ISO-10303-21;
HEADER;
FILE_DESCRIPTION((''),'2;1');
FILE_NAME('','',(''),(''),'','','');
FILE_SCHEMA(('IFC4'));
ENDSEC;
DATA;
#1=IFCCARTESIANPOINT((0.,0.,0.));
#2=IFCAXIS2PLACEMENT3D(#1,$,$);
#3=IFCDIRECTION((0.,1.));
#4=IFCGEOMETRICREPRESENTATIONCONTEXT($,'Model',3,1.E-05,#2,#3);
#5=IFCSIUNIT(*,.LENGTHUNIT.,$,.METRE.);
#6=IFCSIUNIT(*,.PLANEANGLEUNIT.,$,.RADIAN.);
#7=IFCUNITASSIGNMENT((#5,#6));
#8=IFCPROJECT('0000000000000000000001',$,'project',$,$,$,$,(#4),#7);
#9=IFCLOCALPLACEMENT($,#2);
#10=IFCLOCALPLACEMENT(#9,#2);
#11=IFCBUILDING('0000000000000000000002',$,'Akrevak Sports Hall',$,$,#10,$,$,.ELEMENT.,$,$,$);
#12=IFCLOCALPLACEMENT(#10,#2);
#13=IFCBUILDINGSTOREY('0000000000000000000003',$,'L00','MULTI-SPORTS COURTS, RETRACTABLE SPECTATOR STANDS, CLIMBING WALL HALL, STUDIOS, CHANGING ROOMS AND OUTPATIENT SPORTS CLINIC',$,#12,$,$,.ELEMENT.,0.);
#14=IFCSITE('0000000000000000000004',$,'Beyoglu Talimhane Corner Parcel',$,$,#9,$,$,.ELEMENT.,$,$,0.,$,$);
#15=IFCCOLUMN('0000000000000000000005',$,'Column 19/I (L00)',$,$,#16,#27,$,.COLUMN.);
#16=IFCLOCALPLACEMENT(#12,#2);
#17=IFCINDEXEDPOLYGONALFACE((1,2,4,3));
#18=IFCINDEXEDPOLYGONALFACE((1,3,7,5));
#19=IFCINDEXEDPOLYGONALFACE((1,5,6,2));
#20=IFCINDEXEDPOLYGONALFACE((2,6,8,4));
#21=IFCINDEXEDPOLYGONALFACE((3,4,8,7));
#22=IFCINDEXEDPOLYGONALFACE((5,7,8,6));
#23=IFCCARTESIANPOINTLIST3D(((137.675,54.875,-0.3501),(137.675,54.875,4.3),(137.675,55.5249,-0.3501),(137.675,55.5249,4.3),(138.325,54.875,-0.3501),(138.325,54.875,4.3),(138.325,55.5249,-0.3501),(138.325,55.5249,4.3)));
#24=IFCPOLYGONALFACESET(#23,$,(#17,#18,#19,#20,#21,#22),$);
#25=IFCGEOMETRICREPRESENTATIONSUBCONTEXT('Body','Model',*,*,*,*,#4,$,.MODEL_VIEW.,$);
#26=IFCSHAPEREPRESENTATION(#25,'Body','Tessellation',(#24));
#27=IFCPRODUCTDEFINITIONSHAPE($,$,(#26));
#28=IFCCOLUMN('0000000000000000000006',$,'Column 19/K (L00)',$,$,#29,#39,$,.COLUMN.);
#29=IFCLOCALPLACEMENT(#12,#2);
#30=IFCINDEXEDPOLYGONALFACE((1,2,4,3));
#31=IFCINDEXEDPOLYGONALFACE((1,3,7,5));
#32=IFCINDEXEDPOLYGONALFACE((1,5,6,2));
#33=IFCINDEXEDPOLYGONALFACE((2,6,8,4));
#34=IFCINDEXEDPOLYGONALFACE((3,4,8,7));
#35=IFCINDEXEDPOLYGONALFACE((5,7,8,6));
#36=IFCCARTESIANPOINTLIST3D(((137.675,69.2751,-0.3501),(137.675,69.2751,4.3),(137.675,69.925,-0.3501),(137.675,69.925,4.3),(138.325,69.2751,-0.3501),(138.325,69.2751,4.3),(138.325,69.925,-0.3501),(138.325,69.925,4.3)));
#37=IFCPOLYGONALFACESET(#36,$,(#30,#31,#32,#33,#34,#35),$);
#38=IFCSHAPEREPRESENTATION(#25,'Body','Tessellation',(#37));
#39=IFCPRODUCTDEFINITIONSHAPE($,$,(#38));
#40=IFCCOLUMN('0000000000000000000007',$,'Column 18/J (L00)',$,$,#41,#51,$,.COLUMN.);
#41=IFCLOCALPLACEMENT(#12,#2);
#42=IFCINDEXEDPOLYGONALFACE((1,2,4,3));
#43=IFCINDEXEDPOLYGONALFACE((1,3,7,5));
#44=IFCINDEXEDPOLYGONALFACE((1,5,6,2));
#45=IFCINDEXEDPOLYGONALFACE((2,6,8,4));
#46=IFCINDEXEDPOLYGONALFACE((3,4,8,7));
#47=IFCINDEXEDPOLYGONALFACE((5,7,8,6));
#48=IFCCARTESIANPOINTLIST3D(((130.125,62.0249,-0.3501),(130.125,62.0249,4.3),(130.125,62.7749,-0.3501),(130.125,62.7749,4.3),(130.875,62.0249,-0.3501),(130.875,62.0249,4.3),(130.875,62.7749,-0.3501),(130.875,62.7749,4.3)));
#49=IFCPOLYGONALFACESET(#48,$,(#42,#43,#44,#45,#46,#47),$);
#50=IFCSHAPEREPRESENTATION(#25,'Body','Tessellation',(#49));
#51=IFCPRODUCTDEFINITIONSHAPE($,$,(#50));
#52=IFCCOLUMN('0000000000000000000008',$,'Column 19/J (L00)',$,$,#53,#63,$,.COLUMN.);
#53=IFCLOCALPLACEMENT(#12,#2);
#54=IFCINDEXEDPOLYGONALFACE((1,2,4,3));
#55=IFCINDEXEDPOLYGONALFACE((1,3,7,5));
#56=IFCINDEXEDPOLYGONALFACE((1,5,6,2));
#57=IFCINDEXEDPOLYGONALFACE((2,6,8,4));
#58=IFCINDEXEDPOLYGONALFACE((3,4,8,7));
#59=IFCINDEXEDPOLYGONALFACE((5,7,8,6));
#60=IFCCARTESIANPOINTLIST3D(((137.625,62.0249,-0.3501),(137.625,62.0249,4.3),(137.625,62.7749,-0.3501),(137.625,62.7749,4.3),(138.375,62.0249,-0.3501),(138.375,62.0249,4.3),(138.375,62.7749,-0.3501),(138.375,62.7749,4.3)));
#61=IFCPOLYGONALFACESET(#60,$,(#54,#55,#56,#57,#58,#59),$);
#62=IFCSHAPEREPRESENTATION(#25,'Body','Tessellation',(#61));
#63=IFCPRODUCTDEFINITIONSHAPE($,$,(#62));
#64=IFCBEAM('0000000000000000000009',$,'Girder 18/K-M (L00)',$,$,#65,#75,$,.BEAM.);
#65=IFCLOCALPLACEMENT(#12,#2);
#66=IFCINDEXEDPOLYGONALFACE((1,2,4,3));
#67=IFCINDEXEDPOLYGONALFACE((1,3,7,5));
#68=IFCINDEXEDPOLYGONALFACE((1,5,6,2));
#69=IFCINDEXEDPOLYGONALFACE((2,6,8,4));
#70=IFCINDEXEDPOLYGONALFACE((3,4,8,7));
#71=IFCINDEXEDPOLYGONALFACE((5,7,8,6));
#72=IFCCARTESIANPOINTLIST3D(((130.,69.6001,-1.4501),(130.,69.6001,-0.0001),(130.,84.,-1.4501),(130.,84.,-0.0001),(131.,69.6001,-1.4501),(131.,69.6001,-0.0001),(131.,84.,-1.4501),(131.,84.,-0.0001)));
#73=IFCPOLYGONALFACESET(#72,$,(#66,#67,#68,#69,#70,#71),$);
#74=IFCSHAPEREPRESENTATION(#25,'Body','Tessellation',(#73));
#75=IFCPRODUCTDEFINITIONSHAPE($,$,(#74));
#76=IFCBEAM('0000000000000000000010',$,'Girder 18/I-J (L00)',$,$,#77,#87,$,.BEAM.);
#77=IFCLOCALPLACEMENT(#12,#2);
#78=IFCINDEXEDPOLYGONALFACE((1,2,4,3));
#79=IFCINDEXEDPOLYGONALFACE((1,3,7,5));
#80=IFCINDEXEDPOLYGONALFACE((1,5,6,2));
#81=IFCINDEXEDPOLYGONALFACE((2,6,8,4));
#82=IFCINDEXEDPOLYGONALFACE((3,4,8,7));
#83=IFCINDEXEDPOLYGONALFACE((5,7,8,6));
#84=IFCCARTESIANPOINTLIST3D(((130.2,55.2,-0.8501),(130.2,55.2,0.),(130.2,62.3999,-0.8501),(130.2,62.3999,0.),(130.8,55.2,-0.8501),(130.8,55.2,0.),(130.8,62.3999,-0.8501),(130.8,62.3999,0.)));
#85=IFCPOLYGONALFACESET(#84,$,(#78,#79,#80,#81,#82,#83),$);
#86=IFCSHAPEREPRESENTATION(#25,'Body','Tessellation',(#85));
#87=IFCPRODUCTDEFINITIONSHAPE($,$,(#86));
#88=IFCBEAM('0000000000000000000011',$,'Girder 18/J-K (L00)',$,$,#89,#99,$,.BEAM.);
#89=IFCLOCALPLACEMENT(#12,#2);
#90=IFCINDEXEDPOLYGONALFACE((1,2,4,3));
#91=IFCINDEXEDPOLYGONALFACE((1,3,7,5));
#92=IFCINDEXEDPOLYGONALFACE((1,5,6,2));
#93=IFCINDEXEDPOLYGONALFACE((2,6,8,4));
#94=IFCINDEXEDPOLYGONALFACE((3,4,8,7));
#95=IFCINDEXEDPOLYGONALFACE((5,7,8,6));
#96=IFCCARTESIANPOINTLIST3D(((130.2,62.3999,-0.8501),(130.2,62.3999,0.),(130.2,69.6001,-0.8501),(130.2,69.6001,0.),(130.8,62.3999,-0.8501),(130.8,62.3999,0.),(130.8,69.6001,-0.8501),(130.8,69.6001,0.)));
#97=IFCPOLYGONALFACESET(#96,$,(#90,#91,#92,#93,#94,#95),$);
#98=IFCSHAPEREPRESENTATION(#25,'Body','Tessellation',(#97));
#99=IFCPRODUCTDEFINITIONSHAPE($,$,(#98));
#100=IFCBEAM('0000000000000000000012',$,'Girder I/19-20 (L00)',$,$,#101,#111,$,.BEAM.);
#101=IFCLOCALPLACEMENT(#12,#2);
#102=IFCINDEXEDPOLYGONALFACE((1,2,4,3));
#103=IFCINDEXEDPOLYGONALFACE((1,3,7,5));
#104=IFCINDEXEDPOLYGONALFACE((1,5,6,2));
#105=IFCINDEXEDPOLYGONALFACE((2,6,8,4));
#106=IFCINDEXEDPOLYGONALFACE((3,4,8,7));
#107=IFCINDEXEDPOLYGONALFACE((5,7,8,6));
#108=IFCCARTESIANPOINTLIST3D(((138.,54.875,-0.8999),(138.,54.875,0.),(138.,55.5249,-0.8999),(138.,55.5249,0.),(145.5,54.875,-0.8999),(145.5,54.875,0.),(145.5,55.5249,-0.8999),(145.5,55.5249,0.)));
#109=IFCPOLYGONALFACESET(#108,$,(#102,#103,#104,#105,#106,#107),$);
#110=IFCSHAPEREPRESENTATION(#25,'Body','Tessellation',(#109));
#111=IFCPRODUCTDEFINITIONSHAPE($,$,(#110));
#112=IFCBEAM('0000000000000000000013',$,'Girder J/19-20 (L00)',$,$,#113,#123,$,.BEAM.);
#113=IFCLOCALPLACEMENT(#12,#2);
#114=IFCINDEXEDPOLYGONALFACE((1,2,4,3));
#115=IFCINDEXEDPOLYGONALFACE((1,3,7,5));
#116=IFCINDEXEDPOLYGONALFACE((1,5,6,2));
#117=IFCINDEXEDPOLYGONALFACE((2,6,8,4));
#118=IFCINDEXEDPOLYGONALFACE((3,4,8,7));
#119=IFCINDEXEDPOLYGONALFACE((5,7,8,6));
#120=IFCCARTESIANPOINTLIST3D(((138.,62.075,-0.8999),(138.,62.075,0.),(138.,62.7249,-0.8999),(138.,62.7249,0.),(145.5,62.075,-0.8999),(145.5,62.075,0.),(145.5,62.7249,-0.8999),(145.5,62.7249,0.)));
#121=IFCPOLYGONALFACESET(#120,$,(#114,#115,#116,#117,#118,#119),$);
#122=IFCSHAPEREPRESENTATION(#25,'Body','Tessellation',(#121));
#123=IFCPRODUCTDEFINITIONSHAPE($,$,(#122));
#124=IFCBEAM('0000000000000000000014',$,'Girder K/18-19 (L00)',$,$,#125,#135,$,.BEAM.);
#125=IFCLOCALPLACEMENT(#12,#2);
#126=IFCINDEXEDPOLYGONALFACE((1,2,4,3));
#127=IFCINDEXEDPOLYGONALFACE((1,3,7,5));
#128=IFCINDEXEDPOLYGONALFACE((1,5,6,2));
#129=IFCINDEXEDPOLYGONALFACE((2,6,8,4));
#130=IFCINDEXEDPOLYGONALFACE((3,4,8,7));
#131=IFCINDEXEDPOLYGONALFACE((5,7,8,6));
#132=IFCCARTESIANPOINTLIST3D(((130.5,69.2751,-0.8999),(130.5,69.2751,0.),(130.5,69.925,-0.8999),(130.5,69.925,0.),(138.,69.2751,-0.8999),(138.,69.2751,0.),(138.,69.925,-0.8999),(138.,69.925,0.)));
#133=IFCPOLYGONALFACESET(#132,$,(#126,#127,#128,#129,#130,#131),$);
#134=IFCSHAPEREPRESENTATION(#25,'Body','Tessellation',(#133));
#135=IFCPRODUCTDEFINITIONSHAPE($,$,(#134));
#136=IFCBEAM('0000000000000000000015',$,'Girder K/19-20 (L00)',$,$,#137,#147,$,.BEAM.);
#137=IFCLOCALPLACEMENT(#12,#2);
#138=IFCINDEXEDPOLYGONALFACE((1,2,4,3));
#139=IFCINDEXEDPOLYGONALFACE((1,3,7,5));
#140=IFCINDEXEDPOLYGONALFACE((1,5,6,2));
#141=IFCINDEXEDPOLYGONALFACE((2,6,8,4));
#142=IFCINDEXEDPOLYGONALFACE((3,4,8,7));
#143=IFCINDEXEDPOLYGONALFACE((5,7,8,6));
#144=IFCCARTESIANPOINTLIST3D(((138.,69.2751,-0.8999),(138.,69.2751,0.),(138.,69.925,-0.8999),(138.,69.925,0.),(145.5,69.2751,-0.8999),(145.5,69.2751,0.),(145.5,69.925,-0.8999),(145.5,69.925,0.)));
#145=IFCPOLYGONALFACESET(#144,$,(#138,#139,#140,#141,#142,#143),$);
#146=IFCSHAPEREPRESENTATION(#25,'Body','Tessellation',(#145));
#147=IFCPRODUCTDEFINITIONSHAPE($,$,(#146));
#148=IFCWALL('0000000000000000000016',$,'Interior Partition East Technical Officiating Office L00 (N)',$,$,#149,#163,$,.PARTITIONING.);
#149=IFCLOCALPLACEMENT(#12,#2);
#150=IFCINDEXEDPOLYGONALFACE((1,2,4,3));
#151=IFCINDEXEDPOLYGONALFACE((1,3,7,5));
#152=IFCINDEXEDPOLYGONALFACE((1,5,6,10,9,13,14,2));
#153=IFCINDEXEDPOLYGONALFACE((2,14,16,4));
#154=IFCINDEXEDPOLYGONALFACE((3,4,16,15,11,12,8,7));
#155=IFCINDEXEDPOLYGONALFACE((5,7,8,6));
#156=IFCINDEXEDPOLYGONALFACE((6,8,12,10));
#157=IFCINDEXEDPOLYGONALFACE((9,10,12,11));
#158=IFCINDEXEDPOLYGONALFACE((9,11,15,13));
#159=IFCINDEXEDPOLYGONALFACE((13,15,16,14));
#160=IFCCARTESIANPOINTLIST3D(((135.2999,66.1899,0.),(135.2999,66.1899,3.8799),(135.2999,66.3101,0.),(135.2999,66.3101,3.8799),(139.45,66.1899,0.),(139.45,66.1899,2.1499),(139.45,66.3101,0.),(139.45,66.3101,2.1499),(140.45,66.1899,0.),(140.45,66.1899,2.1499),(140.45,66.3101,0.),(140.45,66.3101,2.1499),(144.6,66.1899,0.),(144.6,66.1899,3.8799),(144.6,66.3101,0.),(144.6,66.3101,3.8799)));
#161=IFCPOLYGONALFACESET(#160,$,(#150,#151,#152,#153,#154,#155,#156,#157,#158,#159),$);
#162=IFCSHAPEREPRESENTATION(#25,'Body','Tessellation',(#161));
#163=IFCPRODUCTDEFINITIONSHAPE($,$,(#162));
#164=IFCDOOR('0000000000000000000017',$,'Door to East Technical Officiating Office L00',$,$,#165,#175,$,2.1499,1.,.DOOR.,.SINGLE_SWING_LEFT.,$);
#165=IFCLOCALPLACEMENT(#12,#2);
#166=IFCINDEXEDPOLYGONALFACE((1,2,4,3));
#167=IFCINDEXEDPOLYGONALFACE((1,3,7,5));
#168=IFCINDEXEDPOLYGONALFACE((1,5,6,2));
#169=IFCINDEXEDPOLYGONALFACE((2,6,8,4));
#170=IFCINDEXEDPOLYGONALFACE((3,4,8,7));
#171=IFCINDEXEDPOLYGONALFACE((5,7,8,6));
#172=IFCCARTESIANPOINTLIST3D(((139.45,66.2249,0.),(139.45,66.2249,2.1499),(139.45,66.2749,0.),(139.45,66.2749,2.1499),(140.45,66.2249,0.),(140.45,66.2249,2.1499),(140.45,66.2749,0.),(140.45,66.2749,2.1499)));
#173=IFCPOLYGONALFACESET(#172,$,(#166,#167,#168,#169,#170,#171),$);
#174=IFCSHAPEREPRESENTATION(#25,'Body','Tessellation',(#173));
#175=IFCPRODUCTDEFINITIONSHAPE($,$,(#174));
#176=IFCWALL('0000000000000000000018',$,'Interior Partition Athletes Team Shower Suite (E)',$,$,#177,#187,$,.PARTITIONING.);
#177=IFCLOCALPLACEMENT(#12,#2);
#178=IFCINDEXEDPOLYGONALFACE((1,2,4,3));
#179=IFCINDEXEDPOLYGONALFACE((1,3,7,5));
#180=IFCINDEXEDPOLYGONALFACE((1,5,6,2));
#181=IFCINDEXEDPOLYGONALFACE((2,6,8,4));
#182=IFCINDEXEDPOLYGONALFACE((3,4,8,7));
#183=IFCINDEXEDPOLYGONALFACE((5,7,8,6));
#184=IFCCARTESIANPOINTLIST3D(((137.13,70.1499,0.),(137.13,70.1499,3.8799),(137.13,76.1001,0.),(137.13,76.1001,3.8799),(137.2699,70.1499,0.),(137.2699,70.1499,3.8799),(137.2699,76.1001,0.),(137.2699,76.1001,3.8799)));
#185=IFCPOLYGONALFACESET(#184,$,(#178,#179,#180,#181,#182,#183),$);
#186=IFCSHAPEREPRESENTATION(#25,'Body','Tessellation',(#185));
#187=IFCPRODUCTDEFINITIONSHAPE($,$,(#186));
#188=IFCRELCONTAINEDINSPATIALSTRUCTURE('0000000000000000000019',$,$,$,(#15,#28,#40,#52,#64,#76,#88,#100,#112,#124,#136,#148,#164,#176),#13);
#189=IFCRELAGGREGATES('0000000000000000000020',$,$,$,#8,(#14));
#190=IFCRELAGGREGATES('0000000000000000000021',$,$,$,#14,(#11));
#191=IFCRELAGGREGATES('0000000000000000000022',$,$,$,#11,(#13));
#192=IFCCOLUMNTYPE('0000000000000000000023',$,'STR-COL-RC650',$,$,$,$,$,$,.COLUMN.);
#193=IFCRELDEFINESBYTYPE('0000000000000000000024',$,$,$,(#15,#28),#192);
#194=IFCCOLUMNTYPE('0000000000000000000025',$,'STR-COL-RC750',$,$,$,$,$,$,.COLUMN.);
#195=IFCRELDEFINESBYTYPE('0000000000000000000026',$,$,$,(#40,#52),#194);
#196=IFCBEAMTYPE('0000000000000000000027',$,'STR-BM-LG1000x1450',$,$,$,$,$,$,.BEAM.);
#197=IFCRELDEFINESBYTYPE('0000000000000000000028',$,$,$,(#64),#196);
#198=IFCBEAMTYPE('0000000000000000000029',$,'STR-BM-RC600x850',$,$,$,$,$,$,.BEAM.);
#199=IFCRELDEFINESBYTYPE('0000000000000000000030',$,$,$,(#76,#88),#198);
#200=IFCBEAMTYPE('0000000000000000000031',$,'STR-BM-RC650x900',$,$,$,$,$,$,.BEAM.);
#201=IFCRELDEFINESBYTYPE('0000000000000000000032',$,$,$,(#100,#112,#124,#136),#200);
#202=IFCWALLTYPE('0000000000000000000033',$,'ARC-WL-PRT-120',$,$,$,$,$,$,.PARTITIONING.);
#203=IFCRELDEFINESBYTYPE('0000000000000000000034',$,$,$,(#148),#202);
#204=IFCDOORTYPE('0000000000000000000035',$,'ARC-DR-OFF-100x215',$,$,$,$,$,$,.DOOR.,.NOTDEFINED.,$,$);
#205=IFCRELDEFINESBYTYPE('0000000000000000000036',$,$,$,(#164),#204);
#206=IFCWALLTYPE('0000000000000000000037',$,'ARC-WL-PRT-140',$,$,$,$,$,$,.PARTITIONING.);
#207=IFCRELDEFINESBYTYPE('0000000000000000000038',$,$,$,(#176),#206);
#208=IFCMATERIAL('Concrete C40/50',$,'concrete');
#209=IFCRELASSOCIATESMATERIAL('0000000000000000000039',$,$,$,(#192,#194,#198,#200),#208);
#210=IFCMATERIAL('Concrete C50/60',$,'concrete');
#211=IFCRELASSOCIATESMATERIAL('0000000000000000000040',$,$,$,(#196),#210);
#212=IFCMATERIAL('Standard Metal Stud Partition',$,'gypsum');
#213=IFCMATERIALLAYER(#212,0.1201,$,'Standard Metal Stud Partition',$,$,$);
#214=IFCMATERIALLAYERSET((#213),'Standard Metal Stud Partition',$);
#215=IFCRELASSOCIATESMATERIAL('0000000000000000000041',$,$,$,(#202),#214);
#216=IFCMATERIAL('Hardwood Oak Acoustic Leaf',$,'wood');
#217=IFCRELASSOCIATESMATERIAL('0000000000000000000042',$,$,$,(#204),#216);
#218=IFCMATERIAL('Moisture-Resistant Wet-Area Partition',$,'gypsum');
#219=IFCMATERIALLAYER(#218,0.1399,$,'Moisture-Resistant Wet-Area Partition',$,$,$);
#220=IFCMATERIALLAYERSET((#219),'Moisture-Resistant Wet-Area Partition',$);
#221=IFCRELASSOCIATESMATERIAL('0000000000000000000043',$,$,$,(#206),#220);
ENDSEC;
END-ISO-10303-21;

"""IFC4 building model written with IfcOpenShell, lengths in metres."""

from ifc_helpers import new_model, si_unit, direction, frame, frame_2d, origin, origin_2d, place, context, subcontext, project, spatial, rectangle, extrude, material, layer, layer_set, material_profile, profile_set, type_object, element, fill, save


model = new_model("IFC4")

# Units and contexts
model_context = context("Model", 3, precision=1e-05, world=origin(), true_north=direction((0.0, 1.0)))
body_context = subcontext(model_context, "Body", "Model", "MODEL_VIEW")
ifc_project = project(units=[si_unit("LENGTHUNIT", "METRE"), si_unit("PLANEANGLEUNIT", "RADIAN")], contexts=[model_context])

# Site, building, storey
site_placement = place(None, origin())
site = spatial("IfcSite", under=ifc_project, at=site_placement, Name="Beyoglu Talimhane Corner Parcel", CompositionType="ELEMENT", RefElevation=0.0)
building_placement = place(site_placement, origin())
building = spatial("IfcBuilding", under=site, at=building_placement, Name="Akrevak Sports Hall", CompositionType="ELEMENT")
storey_placement = place(building_placement, origin())
storey = spatial("IfcBuildingStorey", under=building, at=storey_placement, Name="L00", Description="MULTI-SPORTS COURTS, RETRACTABLE SPECTATOR STANDS, CLIMBING WALL HALL, STUDIOS, CHANGING ROOMS AND OUTPATIENT SPORTS CLINIC", CompositionType="ELEMENT", Elevation=0.0)

# Columns
ifc_material_1 = material(Name="Concrete C40/50", Category="concrete")
ifc_material_profile_1 = material_profile(ifc_material_1, rectangle(XDim=0.6499, YDim=0.6499, at=origin_2d()), Name="RC 650x650", Category="concrete")
ifc_profile_set_1 = profile_set([ifc_material_profile_1], Name="Concrete C40/50")
column_type_1 = type_object("IfcColumnType", Name="STR-COL-RC650", PredefinedType="COLUMN", material=ifc_profile_set_1)
for number, where, z_axis, x_axis, name in (
    (1, (138.0, 55.2, -0.3501), (0.0, 0.0, 1.0), (1.0, 0.0, 0.0), "Column 19/I (L00)"),
    (2, (138.0, 69.6001, -0.3501), (0.0, 0.0, 1.0), (1.0, 0.0, 0.0), "Column 19/K (L00)"),
):
    element("IfcColumn", number, at=place(storey_placement, frame(where, z_axis=z_axis, x_axis=x_axis)), inside=storey, type_object=column_type_1, Name=name, PredefinedType="COLUMN", context=body_context, shape_type="SweptSolid", body=[
        extrude(rectangle(XDim=0.6499, YDim=0.6499, at=origin_2d()), origin(), (0.0, 0.0, 1.0), 4.6501),
    ])
ifc_material_profile_2 = material_profile(ifc_material_1, rectangle(XDim=0.75, YDim=0.75, at=origin_2d()), Name="RC 750x750", Category="concrete")
ifc_profile_set_2 = profile_set([ifc_material_profile_2], Name="Concrete C40/50")
column_type_2 = type_object("IfcColumnType", Name="STR-COL-RC750", PredefinedType="COLUMN", material=ifc_profile_set_2)
for number, where, z_axis, x_axis, name in (
    (3, (130.5, 62.3999, -0.3501), (0.0, 0.0, 1.0), (1.0, 0.0, 0.0), "Column 18/J (L00)"),
    (4, (138.0, 62.3999, -0.3501), (0.0, 0.0, 1.0), (1.0, 0.0, 0.0), "Column 19/J (L00)"),
):
    element("IfcColumn", number, at=place(storey_placement, frame(where, z_axis=z_axis, x_axis=x_axis)), inside=storey, type_object=column_type_2, Name=name, PredefinedType="COLUMN", context=body_context, shape_type="SweptSolid", body=[
        extrude(rectangle(XDim=0.75, YDim=0.75, at=origin_2d()), origin(), (0.0, 0.0, 1.0), 4.6501),
    ])

# Beams
ifc_material_2 = material(Name="Concrete C50/60", Category="concrete")
ifc_material_profile_3 = material_profile(ifc_material_2, rectangle(XDim=1.0, YDim=1.45, at=origin_2d()), Name="BM 1000x1450", Category="concrete")
ifc_profile_set_3 = profile_set([ifc_material_profile_3], Name="Concrete C50/60")
beam_type_1 = type_object("IfcBeamType", Name="STR-BM-LG1000x1450", PredefinedType="BEAM", material=ifc_profile_set_3)
beam_1_placement = place(storey_placement, frame((130.5, 69.6001, -0.7251), z_axis=(0.0, 1.0, 0.0), x_axis=(-1.0, 0.0, 0.0)))
element("IfcBeam", 5, at=beam_1_placement, inside=storey, type_object=beam_type_1, Name="Girder 18/K-M (L00)", PredefinedType="BEAM", context=body_context, shape_type="SweptSolid", body=[
    extrude(rectangle(XDim=1.0, YDim=1.45, at=origin_2d()), origin(), (0.0, 0.0, 1.0), 14.3999),
])
ifc_material_profile_4 = material_profile(ifc_material_1, rectangle(XDim=0.6001, YDim=0.8501, at=origin_2d()), Name="BM 600x850", Category="concrete")
ifc_profile_set_4 = profile_set([ifc_material_profile_4], Name="Concrete C40/50")
beam_type_2 = type_object("IfcBeamType", Name="STR-BM-RC600x850", PredefinedType="BEAM", material=ifc_profile_set_4)
beam_2_placement = place(storey_placement, frame((130.5, 55.2, -0.425), z_axis=(0.0, 1.0, 0.0), x_axis=(-1.0, 0.0, 0.0)))
element("IfcBeam", 6, at=beam_2_placement, inside=storey, type_object=beam_type_2, Name="Girder 18/I-J (L00)", PredefinedType="BEAM", context=body_context, shape_type="SweptSolid", body=[
    extrude(rectangle(XDim=0.6001, YDim=0.8501, at=origin_2d()), origin(), (0.0, 0.0, 1.0), 7.2),
])
beam_3_placement = place(storey_placement, frame((130.5, 62.3999, -0.425), z_axis=(0.0, 1.0, 0.0), x_axis=(-1.0, 0.0, 0.0)))
element("IfcBeam", 7, at=beam_3_placement, inside=storey, type_object=beam_type_2, Name="Girder 18/J-K (L00)", PredefinedType="BEAM", context=body_context, shape_type="SweptSolid", body=[
    extrude(rectangle(XDim=0.6001, YDim=0.8501, at=origin_2d()), origin(), (0.0, 0.0, 1.0), 7.2002),
])
ifc_material_profile_5 = material_profile(ifc_material_1, rectangle(XDim=0.6499, YDim=0.8999, at=origin_2d()), Name="BM 650x900", Category="concrete")
ifc_profile_set_5 = profile_set([ifc_material_profile_5], Name="Concrete C40/50")
beam_type_3 = type_object("IfcBeamType", Name="STR-BM-RC650x900", PredefinedType="BEAM", material=ifc_profile_set_5)
for number, where, z_axis, x_axis, name in (
    (8, (138.0, 55.2, -0.45), (1.0, 0.0, 0.0), (0.0, 1.0, 0.0), "Girder I/19-20 (L00)"),
    (9, (138.0, 62.3999, -0.45), (1.0, 0.0, 0.0), (0.0, 1.0, 0.0), "Girder J/19-20 (L00)"),
    (10, (130.5, 69.6001, -0.45), (1.0, 0.0, 0.0), (0.0, 1.0, 0.0), "Girder K/18-19 (L00)"),
    (11, (138.0, 69.6001, -0.45), (1.0, 0.0, 0.0), (0.0, 1.0, 0.0), "Girder K/19-20 (L00)"),
):
    element("IfcBeam", number, at=place(storey_placement, frame(where, z_axis=z_axis, x_axis=x_axis)), inside=storey, type_object=beam_type_3, Name=name, PredefinedType="BEAM", context=body_context, shape_type="SweptSolid", body=[
        extrude(rectangle(XDim=0.6499, YDim=0.8999, at=origin_2d()), origin(), (0.0, 0.0, 1.0), 7.5),
    ])

# Wall, opening, door
ifc_material_3 = material(Name="Standard Metal Stud Partition", Category="gypsum")
ifc_layer_1 = layer(ifc_material_3, 0.1201, Name="Standard Metal Stud Partition")
ifc_layer_set_1 = layer_set([ifc_layer_1], Name="Standard Metal Stud Partition")
wall_type_1 = type_object("IfcWallType", Name="ARC-WL-PRT-120", PredefinedType="PARTITIONING", material=ifc_layer_set_1)
wall_1_placement = place(storey_placement, frame((135.3, 66.25, 0.0), z_axis=(0.0, 0.0, 1.0), x_axis=(1.0, 0.0, 0.0)))
wall_1 = element("IfcWall", 12, at=wall_1_placement, inside=storey, type_object=wall_type_1, Name="Interior Partition East Technical Officiating Office L00 (N)", PredefinedType="PARTITIONING", context=body_context, shape_type="SweptSolid", body=[
    extrude(rectangle(XDim=9.3, YDim=0.1201, at=frame_2d((4.6499, 0.0))), origin(), (0.0, 0.0, 1.0), 3.8799),
])
opening_1_placement = place(wall_1_placement, frame((4.1499, 0.0, 0.0)))
opening_1 = element("IfcOpeningElement", 13, at=opening_1_placement, cuts=wall_1, PredefinedType="OPENING", context=body_context, shape_type="SweptSolid", body=[
    extrude(rectangle(XDim=1.0, YDim=2.1499, at=frame_2d((0.5, 1.075))), frame((0.0, 0.072, 0.0), z_axis=(0.0, -1.0, 0.0), x_axis=(1.0, 0.0, 0.0)), (0.0, 0.0, 1.0), 0.144),
])
ifc_material_4 = material(Name="Hardwood Oak Acoustic Leaf", Category="wood")
door_type_1 = type_object("IfcDoorType", Name="ARC-DR-OFF-100x215", OperationType="NOTDEFINED", PredefinedType="DOOR", material=ifc_material_4)
door_1_placement = place(opening_1_placement, origin())
door_1 = element("IfcDoor", 14, at=door_1_placement, inside=storey, type_object=door_type_1, Name="Door to East Technical Officiating Office L00", OperationType="SINGLE_SWING_LEFT", OverallHeight=2.1499, OverallWidth=1.0, PredefinedType="DOOR", context=body_context, shape_type="SweptSolid", body=[
    extrude(rectangle(XDim=1.0, YDim=2.1499, at=frame_2d((0.5, 1.075))), frame((0.0, 0.0249, 0.0), z_axis=(0.0, -1.0, 0.0), x_axis=(1.0, 0.0, 0.0)), (0.0, 0.0, 1.0), 0.05),
])
fill(opening_1, door_1)

# Wall
ifc_material_5 = material(Name="Moisture-Resistant Wet-Area Partition", Category="gypsum")
ifc_layer_2 = layer(ifc_material_5, 0.1399, Name="Moisture-Resistant Wet-Area Partition")
ifc_layer_set_2 = layer_set([ifc_layer_2], Name="Moisture-Resistant Wet-Area Partition")
wall_type_2 = type_object("IfcWallType", Name="ARC-WL-PRT-140", PredefinedType="PARTITIONING", material=ifc_layer_set_2)
wall_2_placement = place(storey_placement, frame((137.2, 70.1499, 0.0), z_axis=(0.0, 0.0, 1.0), x_axis=(0.0, 1.0, 0.0)))
element("IfcWall", 15, at=wall_2_placement, inside=storey, type_object=wall_type_2, Name="Interior Partition Athletes Team Shower Suite (E)", PredefinedType="PARTITIONING", context=body_context, shape_type="SweptSolid", body=[
    extrude(rectangle(XDim=5.9502, YDim=0.1399, at=frame_2d((2.9751, 0.0))), origin(), (0.0, 0.0, 1.0), 3.8799),
])

save(model, "model.ifc")
